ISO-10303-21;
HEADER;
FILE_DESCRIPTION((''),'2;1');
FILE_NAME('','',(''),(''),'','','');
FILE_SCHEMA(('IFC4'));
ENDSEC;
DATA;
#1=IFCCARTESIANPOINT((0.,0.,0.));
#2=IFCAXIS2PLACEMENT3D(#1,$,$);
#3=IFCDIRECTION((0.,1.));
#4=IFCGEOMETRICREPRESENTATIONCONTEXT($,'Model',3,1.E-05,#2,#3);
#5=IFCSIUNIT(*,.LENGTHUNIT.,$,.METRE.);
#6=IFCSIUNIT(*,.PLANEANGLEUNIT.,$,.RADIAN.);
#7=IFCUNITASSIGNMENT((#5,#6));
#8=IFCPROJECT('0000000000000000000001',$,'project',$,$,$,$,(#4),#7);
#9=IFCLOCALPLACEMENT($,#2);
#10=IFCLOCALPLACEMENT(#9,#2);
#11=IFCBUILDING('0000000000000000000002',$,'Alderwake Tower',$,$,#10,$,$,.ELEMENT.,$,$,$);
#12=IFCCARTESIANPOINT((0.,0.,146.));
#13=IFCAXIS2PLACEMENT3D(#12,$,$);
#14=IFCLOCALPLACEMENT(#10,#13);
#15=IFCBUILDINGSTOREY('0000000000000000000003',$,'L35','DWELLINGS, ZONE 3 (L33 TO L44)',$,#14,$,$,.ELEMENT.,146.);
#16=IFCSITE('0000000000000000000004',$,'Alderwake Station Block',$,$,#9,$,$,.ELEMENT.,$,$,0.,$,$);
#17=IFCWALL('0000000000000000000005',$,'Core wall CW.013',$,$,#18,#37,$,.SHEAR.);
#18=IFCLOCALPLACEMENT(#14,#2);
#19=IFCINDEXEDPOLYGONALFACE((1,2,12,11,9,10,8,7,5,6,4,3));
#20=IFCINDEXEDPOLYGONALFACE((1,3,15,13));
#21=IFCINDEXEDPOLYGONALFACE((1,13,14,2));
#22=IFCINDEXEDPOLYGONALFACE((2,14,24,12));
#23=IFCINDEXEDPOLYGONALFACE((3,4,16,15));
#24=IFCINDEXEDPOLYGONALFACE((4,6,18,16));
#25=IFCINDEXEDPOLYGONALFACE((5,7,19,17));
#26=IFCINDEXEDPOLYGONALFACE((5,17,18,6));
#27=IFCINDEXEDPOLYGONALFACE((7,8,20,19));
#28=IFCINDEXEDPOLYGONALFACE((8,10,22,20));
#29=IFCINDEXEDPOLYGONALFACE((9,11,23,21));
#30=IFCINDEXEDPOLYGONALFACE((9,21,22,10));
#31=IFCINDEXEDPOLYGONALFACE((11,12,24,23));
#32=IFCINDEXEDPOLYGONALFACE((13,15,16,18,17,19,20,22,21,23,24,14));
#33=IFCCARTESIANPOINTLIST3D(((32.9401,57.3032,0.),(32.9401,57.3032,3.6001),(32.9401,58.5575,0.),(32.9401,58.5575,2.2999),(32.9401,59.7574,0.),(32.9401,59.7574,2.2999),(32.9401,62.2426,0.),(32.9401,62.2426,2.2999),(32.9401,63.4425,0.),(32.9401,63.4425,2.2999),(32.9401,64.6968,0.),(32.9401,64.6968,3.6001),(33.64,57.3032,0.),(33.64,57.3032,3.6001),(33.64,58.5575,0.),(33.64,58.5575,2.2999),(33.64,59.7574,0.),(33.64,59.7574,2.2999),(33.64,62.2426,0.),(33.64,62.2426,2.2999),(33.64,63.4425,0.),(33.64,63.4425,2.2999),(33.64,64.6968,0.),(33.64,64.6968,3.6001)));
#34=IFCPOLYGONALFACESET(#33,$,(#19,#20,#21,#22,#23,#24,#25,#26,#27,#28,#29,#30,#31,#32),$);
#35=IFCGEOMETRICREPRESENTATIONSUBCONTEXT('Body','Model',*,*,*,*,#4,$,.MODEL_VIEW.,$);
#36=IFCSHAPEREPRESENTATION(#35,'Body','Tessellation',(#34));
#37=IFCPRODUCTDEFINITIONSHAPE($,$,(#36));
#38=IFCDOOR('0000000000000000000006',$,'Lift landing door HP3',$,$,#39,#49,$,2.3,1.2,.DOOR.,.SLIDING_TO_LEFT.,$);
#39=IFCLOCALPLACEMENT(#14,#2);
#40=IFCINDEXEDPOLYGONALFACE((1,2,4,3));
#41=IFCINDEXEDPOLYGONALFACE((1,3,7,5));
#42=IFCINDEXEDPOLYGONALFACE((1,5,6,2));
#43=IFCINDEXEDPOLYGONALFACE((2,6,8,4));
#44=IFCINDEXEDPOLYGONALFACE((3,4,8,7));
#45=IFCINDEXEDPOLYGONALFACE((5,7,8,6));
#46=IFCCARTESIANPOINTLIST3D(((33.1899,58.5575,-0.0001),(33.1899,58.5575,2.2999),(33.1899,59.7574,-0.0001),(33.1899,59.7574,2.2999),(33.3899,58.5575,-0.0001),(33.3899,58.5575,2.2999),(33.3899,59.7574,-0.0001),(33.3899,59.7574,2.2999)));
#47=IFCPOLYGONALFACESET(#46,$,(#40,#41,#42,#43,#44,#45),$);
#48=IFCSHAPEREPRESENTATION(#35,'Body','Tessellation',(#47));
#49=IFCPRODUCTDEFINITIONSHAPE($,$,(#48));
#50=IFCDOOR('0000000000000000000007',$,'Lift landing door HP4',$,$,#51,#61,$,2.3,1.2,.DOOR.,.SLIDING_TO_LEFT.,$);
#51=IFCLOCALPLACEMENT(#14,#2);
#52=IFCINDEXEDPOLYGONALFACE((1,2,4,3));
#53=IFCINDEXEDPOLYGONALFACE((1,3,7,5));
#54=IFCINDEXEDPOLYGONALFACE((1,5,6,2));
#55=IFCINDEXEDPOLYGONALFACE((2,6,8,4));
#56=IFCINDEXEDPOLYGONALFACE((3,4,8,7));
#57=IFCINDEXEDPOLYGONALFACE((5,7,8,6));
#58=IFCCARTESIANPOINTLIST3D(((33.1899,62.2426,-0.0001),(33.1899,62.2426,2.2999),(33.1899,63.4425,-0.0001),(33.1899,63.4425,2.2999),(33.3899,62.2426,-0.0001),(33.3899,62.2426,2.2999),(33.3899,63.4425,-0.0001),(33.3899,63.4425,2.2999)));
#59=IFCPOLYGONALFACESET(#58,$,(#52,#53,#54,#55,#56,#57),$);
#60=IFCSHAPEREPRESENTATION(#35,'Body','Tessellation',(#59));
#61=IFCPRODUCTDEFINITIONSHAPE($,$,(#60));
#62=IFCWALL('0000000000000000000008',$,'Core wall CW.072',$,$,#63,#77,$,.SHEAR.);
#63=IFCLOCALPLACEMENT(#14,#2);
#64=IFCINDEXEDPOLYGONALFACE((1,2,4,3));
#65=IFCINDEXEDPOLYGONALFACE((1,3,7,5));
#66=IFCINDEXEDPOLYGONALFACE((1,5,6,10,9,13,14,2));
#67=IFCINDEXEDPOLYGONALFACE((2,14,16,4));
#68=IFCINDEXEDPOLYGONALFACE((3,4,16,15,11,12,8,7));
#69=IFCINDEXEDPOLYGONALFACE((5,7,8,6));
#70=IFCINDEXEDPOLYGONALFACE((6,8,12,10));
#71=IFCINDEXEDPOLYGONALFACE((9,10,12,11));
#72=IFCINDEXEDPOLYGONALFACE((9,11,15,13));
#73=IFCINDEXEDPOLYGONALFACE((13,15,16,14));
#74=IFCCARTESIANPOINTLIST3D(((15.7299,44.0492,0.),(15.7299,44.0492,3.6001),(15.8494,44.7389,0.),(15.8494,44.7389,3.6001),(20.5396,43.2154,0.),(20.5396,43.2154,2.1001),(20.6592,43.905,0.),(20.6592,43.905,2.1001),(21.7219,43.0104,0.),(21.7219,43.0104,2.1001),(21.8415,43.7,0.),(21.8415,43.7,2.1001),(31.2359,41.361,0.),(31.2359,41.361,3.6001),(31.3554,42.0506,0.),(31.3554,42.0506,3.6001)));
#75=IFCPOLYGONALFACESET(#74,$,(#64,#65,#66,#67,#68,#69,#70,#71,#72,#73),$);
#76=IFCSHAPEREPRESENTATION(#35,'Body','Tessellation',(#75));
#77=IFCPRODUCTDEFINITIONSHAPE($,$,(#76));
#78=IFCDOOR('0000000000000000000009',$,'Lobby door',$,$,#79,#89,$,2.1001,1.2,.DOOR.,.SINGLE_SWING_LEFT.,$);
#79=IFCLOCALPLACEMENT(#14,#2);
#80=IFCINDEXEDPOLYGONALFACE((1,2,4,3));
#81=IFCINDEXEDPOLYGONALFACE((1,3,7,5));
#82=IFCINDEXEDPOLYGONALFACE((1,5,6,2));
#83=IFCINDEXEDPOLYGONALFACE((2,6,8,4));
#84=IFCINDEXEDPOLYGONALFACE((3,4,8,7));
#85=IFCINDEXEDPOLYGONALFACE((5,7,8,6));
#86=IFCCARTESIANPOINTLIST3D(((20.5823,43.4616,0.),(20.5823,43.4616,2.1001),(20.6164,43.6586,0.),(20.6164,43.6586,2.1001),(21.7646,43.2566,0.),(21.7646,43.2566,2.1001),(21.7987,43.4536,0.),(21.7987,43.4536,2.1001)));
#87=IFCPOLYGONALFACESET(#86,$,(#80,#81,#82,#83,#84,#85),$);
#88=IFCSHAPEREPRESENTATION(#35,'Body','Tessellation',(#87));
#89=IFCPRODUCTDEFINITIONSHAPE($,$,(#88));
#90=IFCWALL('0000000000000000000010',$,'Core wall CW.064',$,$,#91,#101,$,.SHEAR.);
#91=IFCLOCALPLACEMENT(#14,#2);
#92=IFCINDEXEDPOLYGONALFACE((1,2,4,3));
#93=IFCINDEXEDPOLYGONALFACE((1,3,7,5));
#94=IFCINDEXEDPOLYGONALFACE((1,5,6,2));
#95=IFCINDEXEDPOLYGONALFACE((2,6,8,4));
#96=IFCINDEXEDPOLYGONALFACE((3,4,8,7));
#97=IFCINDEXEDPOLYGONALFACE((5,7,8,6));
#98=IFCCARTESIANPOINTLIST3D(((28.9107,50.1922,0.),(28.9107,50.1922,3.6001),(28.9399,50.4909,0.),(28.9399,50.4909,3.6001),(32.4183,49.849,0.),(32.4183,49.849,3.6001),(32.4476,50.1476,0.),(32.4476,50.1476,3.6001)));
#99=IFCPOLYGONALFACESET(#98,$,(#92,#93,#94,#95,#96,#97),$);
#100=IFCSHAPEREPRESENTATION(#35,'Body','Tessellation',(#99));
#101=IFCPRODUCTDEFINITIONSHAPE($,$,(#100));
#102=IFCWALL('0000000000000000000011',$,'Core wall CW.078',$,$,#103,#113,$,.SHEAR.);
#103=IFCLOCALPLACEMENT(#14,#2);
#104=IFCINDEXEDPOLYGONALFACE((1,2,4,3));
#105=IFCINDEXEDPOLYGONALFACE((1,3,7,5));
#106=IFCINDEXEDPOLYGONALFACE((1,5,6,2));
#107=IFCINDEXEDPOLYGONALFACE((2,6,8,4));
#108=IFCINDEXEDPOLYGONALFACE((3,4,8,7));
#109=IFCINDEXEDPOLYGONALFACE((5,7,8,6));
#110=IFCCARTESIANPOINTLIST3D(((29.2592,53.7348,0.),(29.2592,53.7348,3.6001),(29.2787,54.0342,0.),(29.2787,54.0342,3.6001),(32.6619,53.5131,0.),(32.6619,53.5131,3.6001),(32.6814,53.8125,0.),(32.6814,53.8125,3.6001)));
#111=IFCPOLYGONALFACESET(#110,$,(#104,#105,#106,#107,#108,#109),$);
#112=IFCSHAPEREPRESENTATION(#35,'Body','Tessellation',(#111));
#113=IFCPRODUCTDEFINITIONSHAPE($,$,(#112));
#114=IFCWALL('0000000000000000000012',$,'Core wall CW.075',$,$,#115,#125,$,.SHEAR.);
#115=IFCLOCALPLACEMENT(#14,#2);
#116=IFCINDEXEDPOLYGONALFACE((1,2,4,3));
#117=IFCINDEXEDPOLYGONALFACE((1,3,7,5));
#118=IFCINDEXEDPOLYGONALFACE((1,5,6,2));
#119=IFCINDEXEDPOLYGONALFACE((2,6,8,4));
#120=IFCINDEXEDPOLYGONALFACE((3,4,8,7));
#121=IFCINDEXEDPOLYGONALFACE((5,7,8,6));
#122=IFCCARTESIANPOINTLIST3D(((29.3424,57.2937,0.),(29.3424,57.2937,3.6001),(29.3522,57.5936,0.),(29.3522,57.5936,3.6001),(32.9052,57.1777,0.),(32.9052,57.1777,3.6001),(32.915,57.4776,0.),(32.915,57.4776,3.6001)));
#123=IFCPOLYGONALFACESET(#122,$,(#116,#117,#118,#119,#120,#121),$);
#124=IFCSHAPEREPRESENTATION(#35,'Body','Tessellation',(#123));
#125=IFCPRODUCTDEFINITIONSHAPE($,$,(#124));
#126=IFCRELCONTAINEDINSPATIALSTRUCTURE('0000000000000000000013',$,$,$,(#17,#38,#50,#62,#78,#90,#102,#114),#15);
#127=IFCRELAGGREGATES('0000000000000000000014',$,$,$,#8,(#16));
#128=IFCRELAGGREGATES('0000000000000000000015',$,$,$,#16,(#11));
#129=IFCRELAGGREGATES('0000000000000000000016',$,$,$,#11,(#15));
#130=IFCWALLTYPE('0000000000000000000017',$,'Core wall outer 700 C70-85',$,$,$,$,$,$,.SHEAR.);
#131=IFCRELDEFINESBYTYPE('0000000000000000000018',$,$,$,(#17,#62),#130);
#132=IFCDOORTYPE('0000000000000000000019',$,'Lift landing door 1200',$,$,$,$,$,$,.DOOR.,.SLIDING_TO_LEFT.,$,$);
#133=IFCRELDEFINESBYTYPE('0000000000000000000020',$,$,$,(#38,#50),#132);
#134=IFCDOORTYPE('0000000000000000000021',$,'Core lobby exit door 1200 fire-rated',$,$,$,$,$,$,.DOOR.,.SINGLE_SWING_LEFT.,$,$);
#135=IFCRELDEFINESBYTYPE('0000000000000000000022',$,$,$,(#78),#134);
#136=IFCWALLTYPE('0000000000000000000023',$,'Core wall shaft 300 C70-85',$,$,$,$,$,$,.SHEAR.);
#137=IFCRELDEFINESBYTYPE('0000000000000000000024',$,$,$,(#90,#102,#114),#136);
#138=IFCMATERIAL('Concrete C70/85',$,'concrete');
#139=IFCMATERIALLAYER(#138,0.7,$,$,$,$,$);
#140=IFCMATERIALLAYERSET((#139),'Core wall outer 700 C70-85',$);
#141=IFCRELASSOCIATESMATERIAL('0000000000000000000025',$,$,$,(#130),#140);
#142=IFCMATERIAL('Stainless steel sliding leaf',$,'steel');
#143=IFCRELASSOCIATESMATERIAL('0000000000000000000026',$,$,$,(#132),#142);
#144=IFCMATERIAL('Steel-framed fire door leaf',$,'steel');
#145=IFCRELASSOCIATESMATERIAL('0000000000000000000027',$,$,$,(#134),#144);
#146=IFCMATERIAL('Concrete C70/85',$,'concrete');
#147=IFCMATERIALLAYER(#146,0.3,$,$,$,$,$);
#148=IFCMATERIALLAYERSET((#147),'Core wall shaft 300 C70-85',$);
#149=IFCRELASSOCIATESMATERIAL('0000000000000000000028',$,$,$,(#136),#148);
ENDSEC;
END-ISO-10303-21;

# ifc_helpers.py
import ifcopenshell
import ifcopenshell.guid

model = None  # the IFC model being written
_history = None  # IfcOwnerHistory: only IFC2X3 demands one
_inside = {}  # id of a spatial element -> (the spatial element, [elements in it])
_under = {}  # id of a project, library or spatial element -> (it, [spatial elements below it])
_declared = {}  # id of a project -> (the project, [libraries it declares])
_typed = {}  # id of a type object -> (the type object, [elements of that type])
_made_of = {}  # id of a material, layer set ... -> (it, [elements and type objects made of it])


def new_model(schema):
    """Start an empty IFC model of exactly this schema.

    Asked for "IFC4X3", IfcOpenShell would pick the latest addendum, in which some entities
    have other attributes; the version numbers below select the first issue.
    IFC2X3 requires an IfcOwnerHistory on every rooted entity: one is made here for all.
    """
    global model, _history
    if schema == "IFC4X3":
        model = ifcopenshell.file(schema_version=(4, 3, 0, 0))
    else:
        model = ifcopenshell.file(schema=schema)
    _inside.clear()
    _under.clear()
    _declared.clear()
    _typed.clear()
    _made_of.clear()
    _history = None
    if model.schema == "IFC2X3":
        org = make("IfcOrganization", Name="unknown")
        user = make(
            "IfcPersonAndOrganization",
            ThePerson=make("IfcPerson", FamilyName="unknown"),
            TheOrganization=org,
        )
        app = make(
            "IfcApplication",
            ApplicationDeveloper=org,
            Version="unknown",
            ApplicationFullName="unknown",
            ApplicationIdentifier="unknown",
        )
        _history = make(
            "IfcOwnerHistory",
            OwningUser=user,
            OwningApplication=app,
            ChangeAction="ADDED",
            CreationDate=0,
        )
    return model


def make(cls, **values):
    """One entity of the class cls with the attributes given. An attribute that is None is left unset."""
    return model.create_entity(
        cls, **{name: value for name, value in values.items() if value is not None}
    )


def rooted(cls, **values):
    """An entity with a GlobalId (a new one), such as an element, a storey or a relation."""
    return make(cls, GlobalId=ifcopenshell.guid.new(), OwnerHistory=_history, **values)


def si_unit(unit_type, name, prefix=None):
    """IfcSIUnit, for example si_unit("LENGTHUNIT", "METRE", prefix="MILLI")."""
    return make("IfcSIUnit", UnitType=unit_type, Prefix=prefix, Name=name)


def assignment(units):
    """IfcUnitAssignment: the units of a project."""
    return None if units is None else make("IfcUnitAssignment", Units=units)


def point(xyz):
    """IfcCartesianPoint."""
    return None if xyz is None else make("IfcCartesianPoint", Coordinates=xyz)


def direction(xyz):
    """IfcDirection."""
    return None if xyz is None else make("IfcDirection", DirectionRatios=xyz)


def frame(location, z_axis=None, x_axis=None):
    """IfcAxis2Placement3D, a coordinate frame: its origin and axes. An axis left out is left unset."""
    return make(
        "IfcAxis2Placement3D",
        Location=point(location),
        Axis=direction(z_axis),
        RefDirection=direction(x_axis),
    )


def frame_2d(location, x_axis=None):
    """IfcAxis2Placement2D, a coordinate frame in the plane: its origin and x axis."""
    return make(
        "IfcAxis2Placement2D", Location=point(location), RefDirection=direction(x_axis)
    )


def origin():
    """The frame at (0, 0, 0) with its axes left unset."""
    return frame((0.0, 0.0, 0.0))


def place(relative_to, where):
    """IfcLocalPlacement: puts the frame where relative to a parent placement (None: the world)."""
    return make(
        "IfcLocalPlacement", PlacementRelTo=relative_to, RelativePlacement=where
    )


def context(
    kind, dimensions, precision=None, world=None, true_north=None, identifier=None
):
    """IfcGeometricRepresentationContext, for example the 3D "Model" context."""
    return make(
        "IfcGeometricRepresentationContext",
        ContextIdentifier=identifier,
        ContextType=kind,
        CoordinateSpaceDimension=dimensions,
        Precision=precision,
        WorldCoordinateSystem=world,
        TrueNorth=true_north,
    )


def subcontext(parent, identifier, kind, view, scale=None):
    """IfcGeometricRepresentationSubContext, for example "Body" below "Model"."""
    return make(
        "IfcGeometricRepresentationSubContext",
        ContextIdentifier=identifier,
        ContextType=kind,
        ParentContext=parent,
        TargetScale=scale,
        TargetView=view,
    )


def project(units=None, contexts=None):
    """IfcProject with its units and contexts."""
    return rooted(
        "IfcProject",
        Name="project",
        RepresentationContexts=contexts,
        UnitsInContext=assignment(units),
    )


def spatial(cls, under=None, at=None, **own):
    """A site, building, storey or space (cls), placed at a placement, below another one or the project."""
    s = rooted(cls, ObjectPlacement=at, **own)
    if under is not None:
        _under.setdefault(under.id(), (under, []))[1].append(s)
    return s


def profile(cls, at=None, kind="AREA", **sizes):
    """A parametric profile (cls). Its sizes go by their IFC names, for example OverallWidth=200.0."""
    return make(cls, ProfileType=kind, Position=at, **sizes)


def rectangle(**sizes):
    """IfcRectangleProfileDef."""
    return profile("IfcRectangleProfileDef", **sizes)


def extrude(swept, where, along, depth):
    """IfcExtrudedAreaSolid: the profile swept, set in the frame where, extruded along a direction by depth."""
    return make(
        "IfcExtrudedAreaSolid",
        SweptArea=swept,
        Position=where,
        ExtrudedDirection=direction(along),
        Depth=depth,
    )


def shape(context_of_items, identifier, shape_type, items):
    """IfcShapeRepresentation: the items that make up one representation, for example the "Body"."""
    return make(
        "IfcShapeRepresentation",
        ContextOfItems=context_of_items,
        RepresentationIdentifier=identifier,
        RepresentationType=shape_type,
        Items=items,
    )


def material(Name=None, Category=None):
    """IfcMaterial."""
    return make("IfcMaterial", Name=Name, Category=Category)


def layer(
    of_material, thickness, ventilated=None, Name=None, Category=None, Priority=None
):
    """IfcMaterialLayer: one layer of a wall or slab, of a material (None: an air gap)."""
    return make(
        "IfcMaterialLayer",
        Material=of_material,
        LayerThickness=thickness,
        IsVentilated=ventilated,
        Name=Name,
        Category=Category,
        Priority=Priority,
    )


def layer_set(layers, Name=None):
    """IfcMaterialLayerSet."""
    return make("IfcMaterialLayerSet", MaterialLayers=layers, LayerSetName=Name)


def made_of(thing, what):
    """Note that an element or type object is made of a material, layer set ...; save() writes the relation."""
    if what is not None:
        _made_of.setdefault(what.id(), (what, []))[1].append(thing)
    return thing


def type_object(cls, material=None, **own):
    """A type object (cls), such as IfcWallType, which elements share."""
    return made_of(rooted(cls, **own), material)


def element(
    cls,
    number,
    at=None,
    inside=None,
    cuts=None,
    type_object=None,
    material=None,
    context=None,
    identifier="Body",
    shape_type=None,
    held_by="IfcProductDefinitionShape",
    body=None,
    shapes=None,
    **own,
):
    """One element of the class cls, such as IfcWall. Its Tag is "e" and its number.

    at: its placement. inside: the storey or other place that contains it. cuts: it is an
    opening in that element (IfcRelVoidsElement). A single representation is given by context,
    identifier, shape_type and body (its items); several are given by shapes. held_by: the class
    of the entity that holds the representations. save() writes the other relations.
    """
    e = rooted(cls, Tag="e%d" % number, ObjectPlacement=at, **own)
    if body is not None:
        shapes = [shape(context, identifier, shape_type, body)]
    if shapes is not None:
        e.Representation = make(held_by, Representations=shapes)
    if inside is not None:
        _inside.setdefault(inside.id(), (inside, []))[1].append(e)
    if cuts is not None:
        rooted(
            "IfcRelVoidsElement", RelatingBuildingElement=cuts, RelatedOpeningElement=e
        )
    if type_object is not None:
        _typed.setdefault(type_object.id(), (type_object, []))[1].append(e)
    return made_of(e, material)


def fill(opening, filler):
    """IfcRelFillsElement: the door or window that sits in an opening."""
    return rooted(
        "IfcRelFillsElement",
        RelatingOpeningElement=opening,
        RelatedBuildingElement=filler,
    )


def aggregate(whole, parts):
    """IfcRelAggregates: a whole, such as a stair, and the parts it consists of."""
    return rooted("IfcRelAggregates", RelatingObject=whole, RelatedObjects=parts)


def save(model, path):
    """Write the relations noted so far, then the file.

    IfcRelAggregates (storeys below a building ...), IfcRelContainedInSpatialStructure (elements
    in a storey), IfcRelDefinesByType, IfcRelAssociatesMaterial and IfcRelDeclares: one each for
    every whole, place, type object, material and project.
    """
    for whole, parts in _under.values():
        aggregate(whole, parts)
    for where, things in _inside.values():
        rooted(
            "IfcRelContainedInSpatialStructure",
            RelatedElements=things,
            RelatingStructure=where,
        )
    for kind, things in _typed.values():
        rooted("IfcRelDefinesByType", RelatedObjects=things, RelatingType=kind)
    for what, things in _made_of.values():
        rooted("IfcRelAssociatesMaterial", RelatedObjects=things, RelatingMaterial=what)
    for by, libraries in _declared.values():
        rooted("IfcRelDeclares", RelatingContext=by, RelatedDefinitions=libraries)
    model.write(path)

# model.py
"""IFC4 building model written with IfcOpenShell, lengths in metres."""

from ifc_helpers import new_model, si_unit, direction, frame, frame_2d, origin, place, context, subcontext, project, spatial, rectangle, extrude, material, layer, layer_set, type_object, element, fill, save


model = new_model("IFC4")

# Units and contexts
model_context = context("Model", 3, precision=1e-05, world=origin(), true_north=direction((0.0, 1.0)))
body_context = subcontext(model_context, "Body", "Model", "MODEL_VIEW")
ifc_project = project(units=[si_unit("LENGTHUNIT", "METRE"), si_unit("PLANEANGLEUNIT", "RADIAN")], contexts=[model_context])

# Site, building, storey
site_placement = place(None, origin())
site = spatial("IfcSite", under=ifc_project, at=site_placement, Name="Alderwake Station Block", CompositionType="ELEMENT", RefElevation=0.0)
building_placement = place(site_placement, origin())
building = spatial("IfcBuilding", under=site, at=building_placement, Name="Alderwake Tower", CompositionType="ELEMENT")
storey_placement = place(building_placement, frame((0.0, 0.0, 146.0)))
storey = spatial("IfcBuildingStorey", under=building, at=storey_placement, Name="L35", Description="DWELLINGS, ZONE 3 (L33 TO L44)", CompositionType="ELEMENT", Elevation=146.0)

# Shared definitions
ifc_material_1 = material(Name="Concrete C70/85", Category="concrete")
ifc_layer_1 = layer(ifc_material_1, 0.7)
ifc_layer_set_1 = layer_set([ifc_layer_1], Name="Core wall outer 700 C70-85")
wall_type_1 = type_object("IfcWallType", Name="Core wall outer 700 C70-85", PredefinedType="SHEAR", material=ifc_layer_set_1)

# Wall, openings, doors
ifc_material_2 = material(Name="Stainless steel sliding leaf", Category="steel")
door_type_1 = type_object("IfcDoorType", Name="Lift landing door 1200", OperationType="SLIDING_TO_LEFT", PredefinedType="DOOR", material=ifc_material_2)
wall_1_placement = place(storey_placement, frame((33.29, 57.3032, 0.0), z_axis=(0.0, 0.0, 1.0), x_axis=(0.0, 1.0, 0.0)))
wall_1 = element("IfcWall", 1, at=wall_1_placement, inside=storey, type_object=wall_type_1, Name="Core wall CW.013", PredefinedType="SHEAR", context=body_context, shape_type="SweptSolid", body=[
    extrude(rectangle(XDim=7.3936, YDim=0.7, at=frame_2d((3.6968, 0.0))), origin(), (0.0, 0.0, 1.0), 3.6001),
])
opening_1_placement = place(wall_1_placement, frame((1.2542, 0.0, 0.0)))
opening_1 = element("IfcOpeningElement", 2, at=opening_1_placement, cuts=wall_1, PredefinedType="OPENING", context=body_context, shape_type="SweptSolid", body=[
    extrude(rectangle(XDim=1.2, YDim=2.3, at=frame_2d((0.6001, 1.1499))), frame((0.0, 0.3599, 0.0), z_axis=(0.0, -1.0, 0.0), x_axis=(1.0, 0.0, 0.0)), (0.0, 0.0, 1.0), 0.72),
])
opening_2_placement = place(wall_1_placement, frame((4.9392, 0.0, 0.0)))
opening_2 = element("IfcOpeningElement", 3, at=opening_2_placement, cuts=wall_1, PredefinedType="OPENING", context=body_context, shape_type="SweptSolid", body=[
    extrude(rectangle(XDim=1.2, YDim=2.3, at=frame_2d((0.6001, 1.1499))), frame((0.0, 0.3599, 0.0), z_axis=(0.0, -1.0, 0.0), x_axis=(1.0, 0.0, 0.0)), (0.0, 0.0, 1.0), 0.72),
])
door_1_placement = place(opening_1_placement, origin())
door_1 = element("IfcDoor", 4, at=door_1_placement, inside=storey, type_object=door_type_1, Name="Lift landing door HP3", OperationType="SLIDING_TO_LEFT", OverallHeight=2.3, OverallWidth=1.2, PredefinedType="DOOR", context=body_context, shape_type="SweptSolid", body=[
    extrude(rectangle(XDim=1.2, YDim=2.3, at=frame_2d((0.6001, 1.1499))), frame((0.0, 0.1001, 0.0), z_axis=(0.0, -1.0, 0.0), x_axis=(1.0, 0.0, 0.0)), (0.0, 0.0, 1.0), 0.2),
])
fill(opening_1, door_1)
door_2_placement = place(opening_2_placement, origin())
door_2 = element("IfcDoor", 5, at=door_2_placement, inside=storey, type_object=door_type_1, Name="Lift landing door HP4", OperationType="SLIDING_TO_LEFT", OverallHeight=2.3, OverallWidth=1.2, PredefinedType="DOOR", context=body_context, shape_type="SweptSolid", body=[
    extrude(rectangle(XDim=1.2, YDim=2.3, at=frame_2d((0.6001, 1.1499))), frame((0.0, 0.1001, 0.0), z_axis=(0.0, -1.0, 0.0), x_axis=(1.0, 0.0, 0.0)), (0.0, 0.0, 1.0), 0.2),
])
fill(opening_2, door_2)

# Wall, opening, door
wall_2_placement = place(storey_placement, frame((31.2957, 41.7058, 0.0), z_axis=(0.0, 0.0, 1.0), x_axis=(-0.985303, 0.170818, 0.0)))
wall_2 = element("IfcWall", 6, at=wall_2_placement, inside=storey, type_object=wall_type_1, Name="Core wall CW.072", PredefinedType="SHEAR", context=body_context, shape_type="SweptSolid", body=[
    extrude(rectangle(XDim=15.7373, YDim=0.7, at=frame_2d((7.8687, 0.0))), origin(), (0.0, 0.0, 1.0), 3.6001),
])
opening_3_placement = place(wall_2_placement, frame((9.6558, 0.0, 0.0)))
opening_3 = element("IfcOpeningElement", 7, at=opening_3_placement, cuts=wall_2, PredefinedType="OPENING", context=body_context, shape_type="SweptSolid", body=[
    extrude(rectangle(XDim=1.2, YDim=2.1001, at=frame_2d((0.6001, 1.05))), frame((0.0, 0.3599, 0.0), z_axis=(0.0, -1.0, 0.0), x_axis=(1.0, 0.0, 0.0)), (0.0, 0.0, 1.0), 0.72),
])
ifc_material_3 = material(Name="Steel-framed fire door leaf", Category="steel")
door_type_2 = type_object("IfcDoorType", Name="Core lobby exit door 1200 fire-rated", OperationType="SINGLE_SWING_LEFT", PredefinedType="DOOR", material=ifc_material_3)
door_3_placement = place(opening_3_placement, origin())
door_3 = element("IfcDoor", 8, at=door_3_placement, inside=storey, type_object=door_type_2, Name="Lobby door", OperationType="SINGLE_SWING_LEFT", OverallHeight=2.1001, OverallWidth=1.2, PredefinedType="DOOR", context=body_context, shape_type="SweptSolid", body=[
    extrude(rectangle(XDim=1.2, YDim=2.1001, at=frame_2d((0.6001, 1.05))), frame((0.0, 0.1001, 0.0), z_axis=(0.0, -1.0, 0.0), x_axis=(1.0, 0.0, 0.0)), (0.0, 0.0, 1.0), 0.2),
])
fill(opening_3, door_3)

# Walls
ifc_material_4 = material(Name="Concrete C70/85", Category="concrete")
ifc_layer_2 = layer(ifc_material_4, 0.3)
ifc_layer_set_2 = layer_set([ifc_layer_2], Name="Core wall shaft 300 C70-85")
wall_type_2 = type_object("IfcWallType", Name="Core wall shaft 300 C70-85", PredefinedType="SHEAR", material=ifc_layer_set_2)
wall_3_placement = place(storey_placement, frame((28.9253, 50.3416, 0.0), z_axis=(0.0, 0.0, 1.0), x_axis=(0.995246, -0.097398, 0.0)))
element("IfcWall", 9, at=wall_3_placement, inside=storey, type_object=wall_type_2, Name="Core wall CW.064", PredefinedType="SHEAR", context=body_context, shape_type="SweptSolid", body=[
    extrude(rectangle(XDim=3.5244, YDim=0.3, at=frame_2d((1.7622, 0.0))), origin(), (0.0, 0.0, 1.0), 3.6001),
])
wall_4_placement = place(storey_placement, frame((29.2688, 53.8845, 0.0), z_axis=(0.0, 0.0, 1.0), x_axis=(0.997884, -0.065012, 0.0)))
element("IfcWall", 10, at=wall_4_placement, inside=storey, type_object=wall_type_2, Name="Core wall CW.078", PredefinedType="SHEAR", context=body_context, shape_type="SweptSolid", body=[
    extrude(rectangle(XDim=3.4099, YDim=0.3, at=frame_2d((1.7051, 0.0))), origin(), (0.0, 0.0, 1.0), 3.6001),
])
wall_5_placement = place(storey_placement, frame((29.3474, 57.4436, 0.0), z_axis=(0.0, 0.0, 1.0), x_axis=(0.999471, -0.032533, 0.0)))
element("IfcWall", 11, at=wall_5_placement, inside=storey, type_object=wall_type_2, Name="Core wall CW.075", PredefinedType="SHEAR", context=body_context, shape_type="SweptSolid", body=[
    extrude(rectangle(XDim=3.5647, YDim=0.3, at=frame_2d((1.7822, 0.0))), origin(), (0.0, 0.0, 1.0), 3.6001),
])

save(model, "model.ifc")
